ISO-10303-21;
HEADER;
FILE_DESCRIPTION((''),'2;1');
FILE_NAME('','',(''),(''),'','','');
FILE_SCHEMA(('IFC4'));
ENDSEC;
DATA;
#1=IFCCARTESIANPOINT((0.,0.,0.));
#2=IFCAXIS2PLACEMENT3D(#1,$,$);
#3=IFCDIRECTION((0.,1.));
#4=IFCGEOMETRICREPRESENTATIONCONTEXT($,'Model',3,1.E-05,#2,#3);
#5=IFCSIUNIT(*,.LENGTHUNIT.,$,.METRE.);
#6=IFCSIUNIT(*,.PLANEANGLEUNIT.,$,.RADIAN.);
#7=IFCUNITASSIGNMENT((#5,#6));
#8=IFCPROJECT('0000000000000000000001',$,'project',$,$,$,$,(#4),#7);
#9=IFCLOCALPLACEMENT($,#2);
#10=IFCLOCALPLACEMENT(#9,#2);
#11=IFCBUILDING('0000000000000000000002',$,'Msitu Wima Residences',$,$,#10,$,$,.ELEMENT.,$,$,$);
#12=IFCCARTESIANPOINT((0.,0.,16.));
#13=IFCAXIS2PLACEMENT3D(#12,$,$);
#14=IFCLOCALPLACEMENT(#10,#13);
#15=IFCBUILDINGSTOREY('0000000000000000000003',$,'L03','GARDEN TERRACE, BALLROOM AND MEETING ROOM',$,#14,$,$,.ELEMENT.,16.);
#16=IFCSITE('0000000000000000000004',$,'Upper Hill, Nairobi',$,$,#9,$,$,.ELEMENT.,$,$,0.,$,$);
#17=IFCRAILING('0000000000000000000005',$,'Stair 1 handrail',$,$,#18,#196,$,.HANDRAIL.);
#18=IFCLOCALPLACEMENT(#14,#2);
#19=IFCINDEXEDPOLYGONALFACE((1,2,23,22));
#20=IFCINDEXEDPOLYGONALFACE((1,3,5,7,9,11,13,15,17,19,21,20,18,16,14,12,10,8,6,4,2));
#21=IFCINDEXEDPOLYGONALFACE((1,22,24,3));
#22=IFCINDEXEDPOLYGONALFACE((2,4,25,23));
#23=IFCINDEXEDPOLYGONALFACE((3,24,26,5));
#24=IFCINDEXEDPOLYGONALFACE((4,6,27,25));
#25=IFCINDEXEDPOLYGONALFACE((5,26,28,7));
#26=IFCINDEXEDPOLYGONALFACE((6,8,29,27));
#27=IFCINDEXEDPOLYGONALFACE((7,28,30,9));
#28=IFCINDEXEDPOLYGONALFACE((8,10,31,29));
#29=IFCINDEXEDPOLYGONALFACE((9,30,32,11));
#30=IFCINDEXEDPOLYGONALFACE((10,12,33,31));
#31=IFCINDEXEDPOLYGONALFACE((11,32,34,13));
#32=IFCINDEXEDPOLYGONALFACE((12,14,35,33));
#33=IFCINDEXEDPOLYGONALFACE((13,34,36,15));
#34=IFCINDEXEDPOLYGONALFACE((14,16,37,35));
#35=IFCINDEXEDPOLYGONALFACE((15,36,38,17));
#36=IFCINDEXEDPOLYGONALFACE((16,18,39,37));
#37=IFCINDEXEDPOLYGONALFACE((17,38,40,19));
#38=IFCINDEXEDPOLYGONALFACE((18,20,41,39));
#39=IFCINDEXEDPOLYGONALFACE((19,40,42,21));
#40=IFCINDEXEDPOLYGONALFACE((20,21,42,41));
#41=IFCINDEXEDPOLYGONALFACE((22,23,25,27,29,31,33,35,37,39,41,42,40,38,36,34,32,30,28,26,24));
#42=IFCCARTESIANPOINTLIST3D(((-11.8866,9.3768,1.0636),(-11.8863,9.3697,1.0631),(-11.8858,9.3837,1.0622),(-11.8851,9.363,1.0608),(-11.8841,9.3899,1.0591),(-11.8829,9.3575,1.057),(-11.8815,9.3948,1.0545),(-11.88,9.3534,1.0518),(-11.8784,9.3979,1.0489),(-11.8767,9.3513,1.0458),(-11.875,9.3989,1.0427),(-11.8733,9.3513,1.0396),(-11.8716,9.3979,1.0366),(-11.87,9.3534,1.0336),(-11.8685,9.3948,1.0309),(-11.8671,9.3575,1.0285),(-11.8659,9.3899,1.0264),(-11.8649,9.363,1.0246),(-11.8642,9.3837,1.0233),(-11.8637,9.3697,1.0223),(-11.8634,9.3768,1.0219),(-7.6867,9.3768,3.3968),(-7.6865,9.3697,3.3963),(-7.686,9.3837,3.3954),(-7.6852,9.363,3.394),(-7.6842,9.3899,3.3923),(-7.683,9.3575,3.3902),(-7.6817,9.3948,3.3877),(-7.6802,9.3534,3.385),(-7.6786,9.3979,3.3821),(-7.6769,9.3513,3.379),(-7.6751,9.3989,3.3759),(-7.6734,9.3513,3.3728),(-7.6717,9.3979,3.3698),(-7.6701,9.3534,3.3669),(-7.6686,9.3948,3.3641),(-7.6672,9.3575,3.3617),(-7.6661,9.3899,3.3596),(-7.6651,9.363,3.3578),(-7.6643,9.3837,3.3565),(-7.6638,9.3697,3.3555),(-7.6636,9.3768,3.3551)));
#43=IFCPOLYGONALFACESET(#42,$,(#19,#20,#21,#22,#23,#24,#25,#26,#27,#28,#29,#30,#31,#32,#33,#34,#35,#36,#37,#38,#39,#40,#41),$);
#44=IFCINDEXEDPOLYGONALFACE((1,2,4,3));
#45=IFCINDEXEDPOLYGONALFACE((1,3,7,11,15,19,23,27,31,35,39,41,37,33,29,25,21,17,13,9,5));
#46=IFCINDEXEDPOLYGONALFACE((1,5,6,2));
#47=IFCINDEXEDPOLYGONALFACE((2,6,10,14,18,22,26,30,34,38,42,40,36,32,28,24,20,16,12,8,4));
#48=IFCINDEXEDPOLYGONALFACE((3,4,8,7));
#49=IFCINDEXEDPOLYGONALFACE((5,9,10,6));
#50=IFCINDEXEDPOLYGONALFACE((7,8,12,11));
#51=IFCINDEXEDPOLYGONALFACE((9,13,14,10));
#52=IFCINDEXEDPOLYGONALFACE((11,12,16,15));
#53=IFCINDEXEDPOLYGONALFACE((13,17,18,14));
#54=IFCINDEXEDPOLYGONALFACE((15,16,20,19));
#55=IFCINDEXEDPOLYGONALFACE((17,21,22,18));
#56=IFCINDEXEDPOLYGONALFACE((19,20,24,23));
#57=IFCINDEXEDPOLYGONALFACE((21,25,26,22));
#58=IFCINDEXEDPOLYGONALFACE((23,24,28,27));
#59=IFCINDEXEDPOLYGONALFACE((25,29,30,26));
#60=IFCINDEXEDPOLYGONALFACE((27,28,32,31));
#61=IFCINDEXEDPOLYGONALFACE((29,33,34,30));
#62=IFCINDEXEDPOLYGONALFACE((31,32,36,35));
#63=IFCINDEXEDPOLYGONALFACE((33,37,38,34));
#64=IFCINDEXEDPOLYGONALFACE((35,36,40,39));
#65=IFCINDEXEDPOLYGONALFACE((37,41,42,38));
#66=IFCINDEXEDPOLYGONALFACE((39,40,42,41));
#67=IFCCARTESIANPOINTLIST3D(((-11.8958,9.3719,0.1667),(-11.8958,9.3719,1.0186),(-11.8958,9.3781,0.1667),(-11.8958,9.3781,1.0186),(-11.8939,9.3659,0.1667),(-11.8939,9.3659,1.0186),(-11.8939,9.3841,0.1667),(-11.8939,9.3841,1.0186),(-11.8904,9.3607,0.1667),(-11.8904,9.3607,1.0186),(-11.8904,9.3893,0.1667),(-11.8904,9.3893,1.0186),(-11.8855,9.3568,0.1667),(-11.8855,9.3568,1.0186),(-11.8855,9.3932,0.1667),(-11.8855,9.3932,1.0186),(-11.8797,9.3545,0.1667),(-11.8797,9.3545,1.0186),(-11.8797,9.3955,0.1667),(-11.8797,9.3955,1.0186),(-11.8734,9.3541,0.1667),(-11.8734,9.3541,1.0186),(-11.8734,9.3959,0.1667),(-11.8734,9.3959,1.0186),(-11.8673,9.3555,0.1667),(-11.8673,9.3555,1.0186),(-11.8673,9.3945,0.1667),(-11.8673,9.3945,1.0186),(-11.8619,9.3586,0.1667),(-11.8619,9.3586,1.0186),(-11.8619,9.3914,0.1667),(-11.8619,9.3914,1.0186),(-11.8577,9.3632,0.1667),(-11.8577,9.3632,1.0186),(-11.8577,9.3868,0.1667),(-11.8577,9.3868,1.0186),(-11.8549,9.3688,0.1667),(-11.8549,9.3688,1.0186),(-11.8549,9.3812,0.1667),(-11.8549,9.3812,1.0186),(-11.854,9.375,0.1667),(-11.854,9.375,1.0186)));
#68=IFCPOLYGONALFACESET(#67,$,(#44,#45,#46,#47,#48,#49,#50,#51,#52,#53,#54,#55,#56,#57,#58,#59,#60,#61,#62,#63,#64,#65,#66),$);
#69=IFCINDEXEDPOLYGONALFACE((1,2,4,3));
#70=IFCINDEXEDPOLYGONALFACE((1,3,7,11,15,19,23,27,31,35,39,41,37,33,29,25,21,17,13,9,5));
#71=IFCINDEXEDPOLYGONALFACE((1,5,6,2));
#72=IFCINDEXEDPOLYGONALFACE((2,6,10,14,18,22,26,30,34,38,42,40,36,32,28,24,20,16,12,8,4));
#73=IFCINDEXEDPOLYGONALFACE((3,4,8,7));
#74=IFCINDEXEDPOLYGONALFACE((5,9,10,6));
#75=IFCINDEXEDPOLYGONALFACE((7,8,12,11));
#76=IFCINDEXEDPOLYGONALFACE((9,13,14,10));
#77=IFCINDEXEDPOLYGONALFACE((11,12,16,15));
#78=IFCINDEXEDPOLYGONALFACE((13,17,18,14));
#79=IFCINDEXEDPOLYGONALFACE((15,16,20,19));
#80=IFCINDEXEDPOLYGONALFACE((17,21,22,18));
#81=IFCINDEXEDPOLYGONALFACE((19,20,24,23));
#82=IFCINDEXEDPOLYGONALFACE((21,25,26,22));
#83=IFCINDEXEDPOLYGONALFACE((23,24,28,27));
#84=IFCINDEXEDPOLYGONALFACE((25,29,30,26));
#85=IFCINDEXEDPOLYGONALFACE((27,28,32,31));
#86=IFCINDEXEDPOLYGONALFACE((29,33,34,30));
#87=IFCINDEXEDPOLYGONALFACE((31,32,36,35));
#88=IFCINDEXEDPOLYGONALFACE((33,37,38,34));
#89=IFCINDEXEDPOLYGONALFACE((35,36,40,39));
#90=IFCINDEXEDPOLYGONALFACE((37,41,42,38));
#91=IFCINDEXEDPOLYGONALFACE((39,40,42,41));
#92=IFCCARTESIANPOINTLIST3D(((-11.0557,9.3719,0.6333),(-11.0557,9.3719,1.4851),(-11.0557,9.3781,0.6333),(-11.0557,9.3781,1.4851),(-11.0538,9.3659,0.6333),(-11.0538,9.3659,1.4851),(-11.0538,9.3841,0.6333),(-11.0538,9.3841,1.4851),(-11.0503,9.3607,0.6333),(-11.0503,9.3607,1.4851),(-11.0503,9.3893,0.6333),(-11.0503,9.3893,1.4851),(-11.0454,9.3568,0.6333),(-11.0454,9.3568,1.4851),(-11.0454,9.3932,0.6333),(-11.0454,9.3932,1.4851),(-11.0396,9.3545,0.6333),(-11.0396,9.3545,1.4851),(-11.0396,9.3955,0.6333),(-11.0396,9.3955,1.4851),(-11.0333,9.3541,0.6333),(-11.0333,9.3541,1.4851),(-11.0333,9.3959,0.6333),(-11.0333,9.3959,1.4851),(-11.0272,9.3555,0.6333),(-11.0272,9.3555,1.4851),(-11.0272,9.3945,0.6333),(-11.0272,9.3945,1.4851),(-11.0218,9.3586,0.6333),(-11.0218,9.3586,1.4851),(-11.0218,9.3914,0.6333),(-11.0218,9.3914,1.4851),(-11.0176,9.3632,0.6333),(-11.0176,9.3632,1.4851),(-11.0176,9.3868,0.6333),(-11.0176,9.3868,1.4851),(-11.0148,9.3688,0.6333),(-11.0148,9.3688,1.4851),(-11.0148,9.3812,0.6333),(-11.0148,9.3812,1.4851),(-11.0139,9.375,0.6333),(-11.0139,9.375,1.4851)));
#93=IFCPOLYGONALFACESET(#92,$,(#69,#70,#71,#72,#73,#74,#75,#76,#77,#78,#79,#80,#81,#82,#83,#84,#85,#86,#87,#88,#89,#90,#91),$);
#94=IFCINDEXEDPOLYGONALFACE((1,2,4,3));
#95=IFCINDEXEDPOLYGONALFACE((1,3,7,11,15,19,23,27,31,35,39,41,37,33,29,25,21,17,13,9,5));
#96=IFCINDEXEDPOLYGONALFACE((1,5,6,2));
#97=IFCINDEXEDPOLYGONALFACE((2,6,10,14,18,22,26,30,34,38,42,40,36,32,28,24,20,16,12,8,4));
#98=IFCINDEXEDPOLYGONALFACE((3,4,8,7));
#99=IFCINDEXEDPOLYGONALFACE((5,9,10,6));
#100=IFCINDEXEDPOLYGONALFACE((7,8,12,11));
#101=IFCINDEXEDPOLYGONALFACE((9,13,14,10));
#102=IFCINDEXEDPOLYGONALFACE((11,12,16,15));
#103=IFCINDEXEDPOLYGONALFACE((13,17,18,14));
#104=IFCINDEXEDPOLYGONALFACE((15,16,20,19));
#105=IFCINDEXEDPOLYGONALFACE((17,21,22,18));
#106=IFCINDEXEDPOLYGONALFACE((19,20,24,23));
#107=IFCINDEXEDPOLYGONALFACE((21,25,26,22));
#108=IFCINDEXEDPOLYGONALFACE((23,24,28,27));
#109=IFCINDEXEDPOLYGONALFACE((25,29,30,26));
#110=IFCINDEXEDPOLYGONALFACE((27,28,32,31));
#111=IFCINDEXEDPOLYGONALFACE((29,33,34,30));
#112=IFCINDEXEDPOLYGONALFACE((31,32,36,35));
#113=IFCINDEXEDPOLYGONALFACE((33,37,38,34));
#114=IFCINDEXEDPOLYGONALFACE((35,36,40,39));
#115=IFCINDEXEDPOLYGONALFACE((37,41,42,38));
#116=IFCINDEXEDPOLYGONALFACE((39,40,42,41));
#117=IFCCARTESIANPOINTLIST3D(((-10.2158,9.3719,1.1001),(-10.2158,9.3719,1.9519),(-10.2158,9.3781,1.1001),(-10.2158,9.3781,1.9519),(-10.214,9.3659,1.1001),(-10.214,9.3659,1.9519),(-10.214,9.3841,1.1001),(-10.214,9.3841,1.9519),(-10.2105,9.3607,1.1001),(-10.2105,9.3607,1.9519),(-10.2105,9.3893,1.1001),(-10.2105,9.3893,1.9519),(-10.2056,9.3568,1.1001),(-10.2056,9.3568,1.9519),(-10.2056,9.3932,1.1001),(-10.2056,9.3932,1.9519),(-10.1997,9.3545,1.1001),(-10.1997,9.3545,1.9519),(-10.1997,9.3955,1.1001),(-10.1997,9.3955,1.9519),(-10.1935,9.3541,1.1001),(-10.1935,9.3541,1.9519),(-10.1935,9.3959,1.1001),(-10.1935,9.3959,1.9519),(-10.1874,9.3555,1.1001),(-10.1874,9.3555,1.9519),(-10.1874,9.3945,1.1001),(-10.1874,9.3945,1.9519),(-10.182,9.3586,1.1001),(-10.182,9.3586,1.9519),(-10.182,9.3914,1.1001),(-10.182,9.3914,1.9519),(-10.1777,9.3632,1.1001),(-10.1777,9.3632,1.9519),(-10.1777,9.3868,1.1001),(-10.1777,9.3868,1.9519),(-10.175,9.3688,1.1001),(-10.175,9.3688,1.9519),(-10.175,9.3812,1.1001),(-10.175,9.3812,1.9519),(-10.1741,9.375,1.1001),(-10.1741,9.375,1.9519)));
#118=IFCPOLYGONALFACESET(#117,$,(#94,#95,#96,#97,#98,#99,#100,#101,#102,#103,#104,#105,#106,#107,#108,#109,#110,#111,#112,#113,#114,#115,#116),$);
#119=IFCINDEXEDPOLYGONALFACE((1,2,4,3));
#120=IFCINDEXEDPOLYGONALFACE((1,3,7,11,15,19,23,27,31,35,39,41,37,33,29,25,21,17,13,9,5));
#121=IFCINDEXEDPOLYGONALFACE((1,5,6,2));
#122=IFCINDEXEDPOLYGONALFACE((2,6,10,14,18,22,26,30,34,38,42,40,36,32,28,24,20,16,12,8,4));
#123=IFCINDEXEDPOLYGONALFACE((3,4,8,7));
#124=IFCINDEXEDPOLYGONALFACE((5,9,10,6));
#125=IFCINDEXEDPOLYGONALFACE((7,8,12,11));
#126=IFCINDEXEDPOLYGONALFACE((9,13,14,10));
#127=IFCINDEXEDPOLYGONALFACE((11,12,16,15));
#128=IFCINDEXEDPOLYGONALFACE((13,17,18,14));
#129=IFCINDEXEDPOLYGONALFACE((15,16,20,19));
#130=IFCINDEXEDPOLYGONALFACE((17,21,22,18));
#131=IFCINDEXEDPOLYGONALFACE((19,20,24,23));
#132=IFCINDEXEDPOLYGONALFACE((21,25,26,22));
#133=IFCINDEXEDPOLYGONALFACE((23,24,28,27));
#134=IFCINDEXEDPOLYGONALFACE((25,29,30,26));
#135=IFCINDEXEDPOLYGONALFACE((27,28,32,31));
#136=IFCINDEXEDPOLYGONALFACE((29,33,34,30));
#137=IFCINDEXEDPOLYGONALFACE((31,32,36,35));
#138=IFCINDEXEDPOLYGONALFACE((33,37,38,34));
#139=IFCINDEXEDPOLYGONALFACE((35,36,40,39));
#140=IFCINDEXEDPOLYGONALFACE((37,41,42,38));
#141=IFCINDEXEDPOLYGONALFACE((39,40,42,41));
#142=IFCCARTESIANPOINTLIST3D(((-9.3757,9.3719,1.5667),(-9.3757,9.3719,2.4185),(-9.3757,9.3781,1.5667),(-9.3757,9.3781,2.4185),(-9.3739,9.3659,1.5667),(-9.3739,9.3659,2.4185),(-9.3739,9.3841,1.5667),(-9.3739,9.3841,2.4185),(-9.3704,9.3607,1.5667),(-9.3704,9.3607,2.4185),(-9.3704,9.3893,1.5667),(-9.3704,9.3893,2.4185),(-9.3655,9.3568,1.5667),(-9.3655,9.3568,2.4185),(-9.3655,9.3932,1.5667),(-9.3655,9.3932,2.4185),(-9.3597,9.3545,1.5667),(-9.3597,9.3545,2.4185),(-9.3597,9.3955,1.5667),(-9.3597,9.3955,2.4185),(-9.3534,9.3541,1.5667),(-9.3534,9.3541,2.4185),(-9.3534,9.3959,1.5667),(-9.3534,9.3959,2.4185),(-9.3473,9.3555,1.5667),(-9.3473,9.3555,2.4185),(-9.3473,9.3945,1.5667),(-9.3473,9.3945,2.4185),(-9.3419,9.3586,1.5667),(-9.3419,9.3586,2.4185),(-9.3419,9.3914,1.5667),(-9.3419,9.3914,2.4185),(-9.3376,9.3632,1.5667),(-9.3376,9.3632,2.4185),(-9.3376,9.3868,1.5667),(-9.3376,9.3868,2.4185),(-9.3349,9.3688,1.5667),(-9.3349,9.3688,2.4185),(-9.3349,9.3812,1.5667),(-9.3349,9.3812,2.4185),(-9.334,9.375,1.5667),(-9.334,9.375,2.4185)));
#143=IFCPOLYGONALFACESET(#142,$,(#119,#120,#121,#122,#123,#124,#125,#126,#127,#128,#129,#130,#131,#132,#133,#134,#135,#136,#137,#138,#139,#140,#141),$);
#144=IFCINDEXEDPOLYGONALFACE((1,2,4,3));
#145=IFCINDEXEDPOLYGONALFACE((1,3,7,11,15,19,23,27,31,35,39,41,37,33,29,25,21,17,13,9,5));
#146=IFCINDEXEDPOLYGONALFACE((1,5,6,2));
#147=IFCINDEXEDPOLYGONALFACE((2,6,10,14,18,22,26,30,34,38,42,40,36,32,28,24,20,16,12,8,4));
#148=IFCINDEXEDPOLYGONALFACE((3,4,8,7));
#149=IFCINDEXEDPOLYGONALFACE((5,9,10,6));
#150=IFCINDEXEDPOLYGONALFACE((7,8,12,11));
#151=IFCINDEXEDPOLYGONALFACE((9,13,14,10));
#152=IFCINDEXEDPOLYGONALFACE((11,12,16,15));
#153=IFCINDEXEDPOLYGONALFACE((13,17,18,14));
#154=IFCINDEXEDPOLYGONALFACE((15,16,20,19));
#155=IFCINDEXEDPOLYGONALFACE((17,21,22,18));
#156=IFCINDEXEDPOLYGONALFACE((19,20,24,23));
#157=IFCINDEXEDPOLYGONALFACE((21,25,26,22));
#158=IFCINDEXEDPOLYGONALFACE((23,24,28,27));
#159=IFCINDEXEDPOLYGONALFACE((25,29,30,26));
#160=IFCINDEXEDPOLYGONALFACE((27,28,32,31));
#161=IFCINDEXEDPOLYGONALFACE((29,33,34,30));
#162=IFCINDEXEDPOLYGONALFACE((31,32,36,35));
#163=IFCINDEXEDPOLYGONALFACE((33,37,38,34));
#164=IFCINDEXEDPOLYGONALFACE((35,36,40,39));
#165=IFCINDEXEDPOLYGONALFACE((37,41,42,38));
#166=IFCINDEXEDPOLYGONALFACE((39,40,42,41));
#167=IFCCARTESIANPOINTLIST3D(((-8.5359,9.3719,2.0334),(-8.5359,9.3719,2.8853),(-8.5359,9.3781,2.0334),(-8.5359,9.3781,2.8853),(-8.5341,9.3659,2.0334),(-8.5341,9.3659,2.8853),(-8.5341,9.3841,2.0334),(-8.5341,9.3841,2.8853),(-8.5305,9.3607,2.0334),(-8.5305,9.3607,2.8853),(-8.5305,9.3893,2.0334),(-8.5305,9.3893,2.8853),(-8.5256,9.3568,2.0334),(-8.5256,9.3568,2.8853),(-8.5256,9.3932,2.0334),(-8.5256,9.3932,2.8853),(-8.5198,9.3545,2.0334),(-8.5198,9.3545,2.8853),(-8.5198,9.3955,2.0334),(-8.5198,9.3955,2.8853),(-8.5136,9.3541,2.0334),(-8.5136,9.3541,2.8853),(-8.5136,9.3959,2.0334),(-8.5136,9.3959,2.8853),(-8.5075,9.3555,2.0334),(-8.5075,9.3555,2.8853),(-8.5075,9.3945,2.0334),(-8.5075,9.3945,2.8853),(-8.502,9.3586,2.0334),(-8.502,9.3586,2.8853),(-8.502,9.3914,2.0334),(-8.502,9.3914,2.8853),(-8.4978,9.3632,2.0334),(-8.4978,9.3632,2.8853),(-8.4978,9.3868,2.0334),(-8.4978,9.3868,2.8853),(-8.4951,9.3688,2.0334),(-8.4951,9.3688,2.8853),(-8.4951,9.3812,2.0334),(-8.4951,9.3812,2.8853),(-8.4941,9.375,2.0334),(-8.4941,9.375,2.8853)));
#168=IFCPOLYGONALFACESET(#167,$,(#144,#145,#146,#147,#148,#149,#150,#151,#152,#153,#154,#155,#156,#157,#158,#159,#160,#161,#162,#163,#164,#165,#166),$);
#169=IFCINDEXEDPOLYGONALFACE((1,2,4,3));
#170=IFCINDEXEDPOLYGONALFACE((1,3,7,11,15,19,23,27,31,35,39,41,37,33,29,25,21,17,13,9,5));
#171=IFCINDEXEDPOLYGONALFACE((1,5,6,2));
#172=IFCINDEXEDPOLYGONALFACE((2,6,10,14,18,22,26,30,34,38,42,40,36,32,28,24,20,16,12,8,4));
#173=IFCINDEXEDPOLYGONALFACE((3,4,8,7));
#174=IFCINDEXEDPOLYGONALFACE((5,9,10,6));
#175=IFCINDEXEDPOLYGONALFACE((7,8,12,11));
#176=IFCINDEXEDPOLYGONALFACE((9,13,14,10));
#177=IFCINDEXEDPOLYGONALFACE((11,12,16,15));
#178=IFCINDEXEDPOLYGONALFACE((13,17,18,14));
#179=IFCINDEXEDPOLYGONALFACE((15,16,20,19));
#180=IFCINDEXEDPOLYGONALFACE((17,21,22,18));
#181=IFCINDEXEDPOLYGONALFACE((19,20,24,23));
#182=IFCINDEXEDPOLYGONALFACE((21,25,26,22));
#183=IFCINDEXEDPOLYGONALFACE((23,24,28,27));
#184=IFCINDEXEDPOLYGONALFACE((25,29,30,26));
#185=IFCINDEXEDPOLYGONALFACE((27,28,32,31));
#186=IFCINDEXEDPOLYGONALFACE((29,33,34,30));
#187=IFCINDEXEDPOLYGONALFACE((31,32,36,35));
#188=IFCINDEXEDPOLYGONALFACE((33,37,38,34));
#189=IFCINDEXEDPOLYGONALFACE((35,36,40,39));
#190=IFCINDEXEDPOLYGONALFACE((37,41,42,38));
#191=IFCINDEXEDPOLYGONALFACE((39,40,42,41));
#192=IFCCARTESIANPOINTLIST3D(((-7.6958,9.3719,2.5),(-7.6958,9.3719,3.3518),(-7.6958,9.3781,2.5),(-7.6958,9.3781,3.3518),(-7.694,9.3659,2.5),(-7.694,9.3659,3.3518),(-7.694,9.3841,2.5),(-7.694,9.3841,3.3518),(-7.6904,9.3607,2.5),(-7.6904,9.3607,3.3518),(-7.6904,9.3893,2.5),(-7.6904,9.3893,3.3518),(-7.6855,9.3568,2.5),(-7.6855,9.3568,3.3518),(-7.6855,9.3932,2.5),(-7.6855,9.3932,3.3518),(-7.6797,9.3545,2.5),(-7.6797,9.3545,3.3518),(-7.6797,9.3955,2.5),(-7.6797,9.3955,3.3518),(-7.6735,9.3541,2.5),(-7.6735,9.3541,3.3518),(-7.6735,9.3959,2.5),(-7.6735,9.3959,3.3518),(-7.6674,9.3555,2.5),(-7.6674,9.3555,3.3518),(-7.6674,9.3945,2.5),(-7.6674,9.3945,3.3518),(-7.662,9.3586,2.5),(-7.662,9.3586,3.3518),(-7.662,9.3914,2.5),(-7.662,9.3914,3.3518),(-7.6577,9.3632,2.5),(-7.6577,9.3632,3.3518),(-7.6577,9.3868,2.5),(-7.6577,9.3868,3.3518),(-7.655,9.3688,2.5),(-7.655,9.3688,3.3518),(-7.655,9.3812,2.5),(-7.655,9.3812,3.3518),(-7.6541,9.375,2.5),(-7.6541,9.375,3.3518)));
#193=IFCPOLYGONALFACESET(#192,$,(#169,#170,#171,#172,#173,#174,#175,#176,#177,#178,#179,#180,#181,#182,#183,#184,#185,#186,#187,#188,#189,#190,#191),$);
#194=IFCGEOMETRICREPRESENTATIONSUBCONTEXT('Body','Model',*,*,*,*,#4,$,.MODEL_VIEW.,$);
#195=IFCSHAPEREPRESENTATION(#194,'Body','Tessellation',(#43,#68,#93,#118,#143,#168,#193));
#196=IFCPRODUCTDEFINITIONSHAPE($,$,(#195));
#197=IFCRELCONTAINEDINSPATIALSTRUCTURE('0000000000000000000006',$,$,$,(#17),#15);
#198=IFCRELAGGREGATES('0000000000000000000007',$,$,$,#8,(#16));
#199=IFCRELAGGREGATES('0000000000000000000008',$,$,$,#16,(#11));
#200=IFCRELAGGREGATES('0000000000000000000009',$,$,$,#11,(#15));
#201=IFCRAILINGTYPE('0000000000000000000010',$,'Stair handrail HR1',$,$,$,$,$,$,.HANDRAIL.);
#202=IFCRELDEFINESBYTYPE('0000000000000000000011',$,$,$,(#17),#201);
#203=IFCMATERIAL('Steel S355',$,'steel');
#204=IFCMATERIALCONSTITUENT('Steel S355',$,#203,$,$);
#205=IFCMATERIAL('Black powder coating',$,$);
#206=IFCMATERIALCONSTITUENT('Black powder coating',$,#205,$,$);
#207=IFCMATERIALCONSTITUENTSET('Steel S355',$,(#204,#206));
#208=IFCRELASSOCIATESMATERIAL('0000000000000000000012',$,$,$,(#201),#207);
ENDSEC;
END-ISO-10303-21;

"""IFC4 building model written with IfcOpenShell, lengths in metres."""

from ifc_helpers import new_model, si_unit, direction, frame, origin, origin_2d, place, context, subcontext, project, spatial, circle, extrude, material, constituent, constituent_set, type_object, element, save


model = new_model("IFC4")

# Units and contexts
model_context = context("Model", 3, precision=1e-05, world=origin(), true_north=direction((0.0, 1.0)))
body_context = subcontext(model_context, "Body", "Model", "MODEL_VIEW")
ifc_project = project(units=[si_unit("LENGTHUNIT", "METRE"), si_unit("PLANEANGLEUNIT", "RADIAN")], contexts=[model_context])

# Site, building, storey
site_placement = place(None, origin())
site = spatial("IfcSite", under=ifc_project, at=site_placement, Name="Upper Hill, Nairobi", CompositionType="ELEMENT", RefElevation=0.0)
building_placement = place(site_placement, origin())
building = spatial("IfcBuilding", under=site, at=building_placement, Name="Msitu Wima Residences", CompositionType="ELEMENT")
storey_placement = place(building_placement, frame((0.0, 0.0, 16.0)))
storey = spatial("IfcBuildingStorey", under=building, at=storey_placement, Name="L03", Description="GARDEN TERRACE, BALLROOM AND MEETING ROOM", CompositionType="ELEMENT", Elevation=16.0)

# Railing
ifc_material_1 = material(Name="Steel S355", Category="steel")
ifc_constituent_1 = constituent(ifc_material_1, Name="Steel S355")
ifc_material_2 = material(Name="Black powder coating")
ifc_constituent_2 = constituent(ifc_material_2, Name="Black powder coating")
ifc_constituent_set = constituent_set(constituents=[ifc_constituent_1, ifc_constituent_2], Name="Steel S355")
railing_type = type_object("IfcRailingType", Name="Stair handrail HR1", PredefinedType="HANDRAIL", material=ifc_constituent_set)
for number, where, name in (
    (1, (-11.875, 9.375, 0.1667), "Stair 1 handrail"),
):
    element("IfcRailing", number, at=place(storey_placement, frame(where)), inside=storey, type_object=railing_type, Name=name, PredefinedType="HANDRAIL", context=body_context, shape_type="SweptSolid", body=[
        extrude(circle(Radius=0.0239, at=origin_2d()), frame((0.0, 0.0, 0.876), z_axis=(0.874162, 0.0, 0.485634), x_axis=(0.0, 1.0, 0.0)), (0.0, 0.0, 1.0), 4.8044),
        extrude(circle(Radius=0.021, at=origin_2d()), origin(), (0.0, 0.0, 1.0), 0.8518),
        extrude(circle(Radius=0.021, at=origin_2d()), frame((0.8401, 0.0, 0.4666)), (0.0, 0.0, 1.0), 0.8518),
        extrude(circle(Radius=0.021, at=origin_2d()), frame((1.6799, 0.0, 0.9333)), (0.0, 0.0, 1.0), 0.8518),
        extrude(circle(Radius=0.021, at=origin_2d()), frame((2.52, 0.0, 1.3999)), (0.0, 0.0, 1.0), 0.8518),
        extrude(circle(Radius=0.021, at=origin_2d()), frame((3.3599, 0.0, 1.8667)), (0.0, 0.0, 1.0), 0.8518),
        extrude(circle(Radius=0.021, at=origin_2d()), frame((4.2, 0.0, 2.3333)), (0.0, 0.0, 1.0), 0.8518),
    ])

save(model, "model.ifc")
